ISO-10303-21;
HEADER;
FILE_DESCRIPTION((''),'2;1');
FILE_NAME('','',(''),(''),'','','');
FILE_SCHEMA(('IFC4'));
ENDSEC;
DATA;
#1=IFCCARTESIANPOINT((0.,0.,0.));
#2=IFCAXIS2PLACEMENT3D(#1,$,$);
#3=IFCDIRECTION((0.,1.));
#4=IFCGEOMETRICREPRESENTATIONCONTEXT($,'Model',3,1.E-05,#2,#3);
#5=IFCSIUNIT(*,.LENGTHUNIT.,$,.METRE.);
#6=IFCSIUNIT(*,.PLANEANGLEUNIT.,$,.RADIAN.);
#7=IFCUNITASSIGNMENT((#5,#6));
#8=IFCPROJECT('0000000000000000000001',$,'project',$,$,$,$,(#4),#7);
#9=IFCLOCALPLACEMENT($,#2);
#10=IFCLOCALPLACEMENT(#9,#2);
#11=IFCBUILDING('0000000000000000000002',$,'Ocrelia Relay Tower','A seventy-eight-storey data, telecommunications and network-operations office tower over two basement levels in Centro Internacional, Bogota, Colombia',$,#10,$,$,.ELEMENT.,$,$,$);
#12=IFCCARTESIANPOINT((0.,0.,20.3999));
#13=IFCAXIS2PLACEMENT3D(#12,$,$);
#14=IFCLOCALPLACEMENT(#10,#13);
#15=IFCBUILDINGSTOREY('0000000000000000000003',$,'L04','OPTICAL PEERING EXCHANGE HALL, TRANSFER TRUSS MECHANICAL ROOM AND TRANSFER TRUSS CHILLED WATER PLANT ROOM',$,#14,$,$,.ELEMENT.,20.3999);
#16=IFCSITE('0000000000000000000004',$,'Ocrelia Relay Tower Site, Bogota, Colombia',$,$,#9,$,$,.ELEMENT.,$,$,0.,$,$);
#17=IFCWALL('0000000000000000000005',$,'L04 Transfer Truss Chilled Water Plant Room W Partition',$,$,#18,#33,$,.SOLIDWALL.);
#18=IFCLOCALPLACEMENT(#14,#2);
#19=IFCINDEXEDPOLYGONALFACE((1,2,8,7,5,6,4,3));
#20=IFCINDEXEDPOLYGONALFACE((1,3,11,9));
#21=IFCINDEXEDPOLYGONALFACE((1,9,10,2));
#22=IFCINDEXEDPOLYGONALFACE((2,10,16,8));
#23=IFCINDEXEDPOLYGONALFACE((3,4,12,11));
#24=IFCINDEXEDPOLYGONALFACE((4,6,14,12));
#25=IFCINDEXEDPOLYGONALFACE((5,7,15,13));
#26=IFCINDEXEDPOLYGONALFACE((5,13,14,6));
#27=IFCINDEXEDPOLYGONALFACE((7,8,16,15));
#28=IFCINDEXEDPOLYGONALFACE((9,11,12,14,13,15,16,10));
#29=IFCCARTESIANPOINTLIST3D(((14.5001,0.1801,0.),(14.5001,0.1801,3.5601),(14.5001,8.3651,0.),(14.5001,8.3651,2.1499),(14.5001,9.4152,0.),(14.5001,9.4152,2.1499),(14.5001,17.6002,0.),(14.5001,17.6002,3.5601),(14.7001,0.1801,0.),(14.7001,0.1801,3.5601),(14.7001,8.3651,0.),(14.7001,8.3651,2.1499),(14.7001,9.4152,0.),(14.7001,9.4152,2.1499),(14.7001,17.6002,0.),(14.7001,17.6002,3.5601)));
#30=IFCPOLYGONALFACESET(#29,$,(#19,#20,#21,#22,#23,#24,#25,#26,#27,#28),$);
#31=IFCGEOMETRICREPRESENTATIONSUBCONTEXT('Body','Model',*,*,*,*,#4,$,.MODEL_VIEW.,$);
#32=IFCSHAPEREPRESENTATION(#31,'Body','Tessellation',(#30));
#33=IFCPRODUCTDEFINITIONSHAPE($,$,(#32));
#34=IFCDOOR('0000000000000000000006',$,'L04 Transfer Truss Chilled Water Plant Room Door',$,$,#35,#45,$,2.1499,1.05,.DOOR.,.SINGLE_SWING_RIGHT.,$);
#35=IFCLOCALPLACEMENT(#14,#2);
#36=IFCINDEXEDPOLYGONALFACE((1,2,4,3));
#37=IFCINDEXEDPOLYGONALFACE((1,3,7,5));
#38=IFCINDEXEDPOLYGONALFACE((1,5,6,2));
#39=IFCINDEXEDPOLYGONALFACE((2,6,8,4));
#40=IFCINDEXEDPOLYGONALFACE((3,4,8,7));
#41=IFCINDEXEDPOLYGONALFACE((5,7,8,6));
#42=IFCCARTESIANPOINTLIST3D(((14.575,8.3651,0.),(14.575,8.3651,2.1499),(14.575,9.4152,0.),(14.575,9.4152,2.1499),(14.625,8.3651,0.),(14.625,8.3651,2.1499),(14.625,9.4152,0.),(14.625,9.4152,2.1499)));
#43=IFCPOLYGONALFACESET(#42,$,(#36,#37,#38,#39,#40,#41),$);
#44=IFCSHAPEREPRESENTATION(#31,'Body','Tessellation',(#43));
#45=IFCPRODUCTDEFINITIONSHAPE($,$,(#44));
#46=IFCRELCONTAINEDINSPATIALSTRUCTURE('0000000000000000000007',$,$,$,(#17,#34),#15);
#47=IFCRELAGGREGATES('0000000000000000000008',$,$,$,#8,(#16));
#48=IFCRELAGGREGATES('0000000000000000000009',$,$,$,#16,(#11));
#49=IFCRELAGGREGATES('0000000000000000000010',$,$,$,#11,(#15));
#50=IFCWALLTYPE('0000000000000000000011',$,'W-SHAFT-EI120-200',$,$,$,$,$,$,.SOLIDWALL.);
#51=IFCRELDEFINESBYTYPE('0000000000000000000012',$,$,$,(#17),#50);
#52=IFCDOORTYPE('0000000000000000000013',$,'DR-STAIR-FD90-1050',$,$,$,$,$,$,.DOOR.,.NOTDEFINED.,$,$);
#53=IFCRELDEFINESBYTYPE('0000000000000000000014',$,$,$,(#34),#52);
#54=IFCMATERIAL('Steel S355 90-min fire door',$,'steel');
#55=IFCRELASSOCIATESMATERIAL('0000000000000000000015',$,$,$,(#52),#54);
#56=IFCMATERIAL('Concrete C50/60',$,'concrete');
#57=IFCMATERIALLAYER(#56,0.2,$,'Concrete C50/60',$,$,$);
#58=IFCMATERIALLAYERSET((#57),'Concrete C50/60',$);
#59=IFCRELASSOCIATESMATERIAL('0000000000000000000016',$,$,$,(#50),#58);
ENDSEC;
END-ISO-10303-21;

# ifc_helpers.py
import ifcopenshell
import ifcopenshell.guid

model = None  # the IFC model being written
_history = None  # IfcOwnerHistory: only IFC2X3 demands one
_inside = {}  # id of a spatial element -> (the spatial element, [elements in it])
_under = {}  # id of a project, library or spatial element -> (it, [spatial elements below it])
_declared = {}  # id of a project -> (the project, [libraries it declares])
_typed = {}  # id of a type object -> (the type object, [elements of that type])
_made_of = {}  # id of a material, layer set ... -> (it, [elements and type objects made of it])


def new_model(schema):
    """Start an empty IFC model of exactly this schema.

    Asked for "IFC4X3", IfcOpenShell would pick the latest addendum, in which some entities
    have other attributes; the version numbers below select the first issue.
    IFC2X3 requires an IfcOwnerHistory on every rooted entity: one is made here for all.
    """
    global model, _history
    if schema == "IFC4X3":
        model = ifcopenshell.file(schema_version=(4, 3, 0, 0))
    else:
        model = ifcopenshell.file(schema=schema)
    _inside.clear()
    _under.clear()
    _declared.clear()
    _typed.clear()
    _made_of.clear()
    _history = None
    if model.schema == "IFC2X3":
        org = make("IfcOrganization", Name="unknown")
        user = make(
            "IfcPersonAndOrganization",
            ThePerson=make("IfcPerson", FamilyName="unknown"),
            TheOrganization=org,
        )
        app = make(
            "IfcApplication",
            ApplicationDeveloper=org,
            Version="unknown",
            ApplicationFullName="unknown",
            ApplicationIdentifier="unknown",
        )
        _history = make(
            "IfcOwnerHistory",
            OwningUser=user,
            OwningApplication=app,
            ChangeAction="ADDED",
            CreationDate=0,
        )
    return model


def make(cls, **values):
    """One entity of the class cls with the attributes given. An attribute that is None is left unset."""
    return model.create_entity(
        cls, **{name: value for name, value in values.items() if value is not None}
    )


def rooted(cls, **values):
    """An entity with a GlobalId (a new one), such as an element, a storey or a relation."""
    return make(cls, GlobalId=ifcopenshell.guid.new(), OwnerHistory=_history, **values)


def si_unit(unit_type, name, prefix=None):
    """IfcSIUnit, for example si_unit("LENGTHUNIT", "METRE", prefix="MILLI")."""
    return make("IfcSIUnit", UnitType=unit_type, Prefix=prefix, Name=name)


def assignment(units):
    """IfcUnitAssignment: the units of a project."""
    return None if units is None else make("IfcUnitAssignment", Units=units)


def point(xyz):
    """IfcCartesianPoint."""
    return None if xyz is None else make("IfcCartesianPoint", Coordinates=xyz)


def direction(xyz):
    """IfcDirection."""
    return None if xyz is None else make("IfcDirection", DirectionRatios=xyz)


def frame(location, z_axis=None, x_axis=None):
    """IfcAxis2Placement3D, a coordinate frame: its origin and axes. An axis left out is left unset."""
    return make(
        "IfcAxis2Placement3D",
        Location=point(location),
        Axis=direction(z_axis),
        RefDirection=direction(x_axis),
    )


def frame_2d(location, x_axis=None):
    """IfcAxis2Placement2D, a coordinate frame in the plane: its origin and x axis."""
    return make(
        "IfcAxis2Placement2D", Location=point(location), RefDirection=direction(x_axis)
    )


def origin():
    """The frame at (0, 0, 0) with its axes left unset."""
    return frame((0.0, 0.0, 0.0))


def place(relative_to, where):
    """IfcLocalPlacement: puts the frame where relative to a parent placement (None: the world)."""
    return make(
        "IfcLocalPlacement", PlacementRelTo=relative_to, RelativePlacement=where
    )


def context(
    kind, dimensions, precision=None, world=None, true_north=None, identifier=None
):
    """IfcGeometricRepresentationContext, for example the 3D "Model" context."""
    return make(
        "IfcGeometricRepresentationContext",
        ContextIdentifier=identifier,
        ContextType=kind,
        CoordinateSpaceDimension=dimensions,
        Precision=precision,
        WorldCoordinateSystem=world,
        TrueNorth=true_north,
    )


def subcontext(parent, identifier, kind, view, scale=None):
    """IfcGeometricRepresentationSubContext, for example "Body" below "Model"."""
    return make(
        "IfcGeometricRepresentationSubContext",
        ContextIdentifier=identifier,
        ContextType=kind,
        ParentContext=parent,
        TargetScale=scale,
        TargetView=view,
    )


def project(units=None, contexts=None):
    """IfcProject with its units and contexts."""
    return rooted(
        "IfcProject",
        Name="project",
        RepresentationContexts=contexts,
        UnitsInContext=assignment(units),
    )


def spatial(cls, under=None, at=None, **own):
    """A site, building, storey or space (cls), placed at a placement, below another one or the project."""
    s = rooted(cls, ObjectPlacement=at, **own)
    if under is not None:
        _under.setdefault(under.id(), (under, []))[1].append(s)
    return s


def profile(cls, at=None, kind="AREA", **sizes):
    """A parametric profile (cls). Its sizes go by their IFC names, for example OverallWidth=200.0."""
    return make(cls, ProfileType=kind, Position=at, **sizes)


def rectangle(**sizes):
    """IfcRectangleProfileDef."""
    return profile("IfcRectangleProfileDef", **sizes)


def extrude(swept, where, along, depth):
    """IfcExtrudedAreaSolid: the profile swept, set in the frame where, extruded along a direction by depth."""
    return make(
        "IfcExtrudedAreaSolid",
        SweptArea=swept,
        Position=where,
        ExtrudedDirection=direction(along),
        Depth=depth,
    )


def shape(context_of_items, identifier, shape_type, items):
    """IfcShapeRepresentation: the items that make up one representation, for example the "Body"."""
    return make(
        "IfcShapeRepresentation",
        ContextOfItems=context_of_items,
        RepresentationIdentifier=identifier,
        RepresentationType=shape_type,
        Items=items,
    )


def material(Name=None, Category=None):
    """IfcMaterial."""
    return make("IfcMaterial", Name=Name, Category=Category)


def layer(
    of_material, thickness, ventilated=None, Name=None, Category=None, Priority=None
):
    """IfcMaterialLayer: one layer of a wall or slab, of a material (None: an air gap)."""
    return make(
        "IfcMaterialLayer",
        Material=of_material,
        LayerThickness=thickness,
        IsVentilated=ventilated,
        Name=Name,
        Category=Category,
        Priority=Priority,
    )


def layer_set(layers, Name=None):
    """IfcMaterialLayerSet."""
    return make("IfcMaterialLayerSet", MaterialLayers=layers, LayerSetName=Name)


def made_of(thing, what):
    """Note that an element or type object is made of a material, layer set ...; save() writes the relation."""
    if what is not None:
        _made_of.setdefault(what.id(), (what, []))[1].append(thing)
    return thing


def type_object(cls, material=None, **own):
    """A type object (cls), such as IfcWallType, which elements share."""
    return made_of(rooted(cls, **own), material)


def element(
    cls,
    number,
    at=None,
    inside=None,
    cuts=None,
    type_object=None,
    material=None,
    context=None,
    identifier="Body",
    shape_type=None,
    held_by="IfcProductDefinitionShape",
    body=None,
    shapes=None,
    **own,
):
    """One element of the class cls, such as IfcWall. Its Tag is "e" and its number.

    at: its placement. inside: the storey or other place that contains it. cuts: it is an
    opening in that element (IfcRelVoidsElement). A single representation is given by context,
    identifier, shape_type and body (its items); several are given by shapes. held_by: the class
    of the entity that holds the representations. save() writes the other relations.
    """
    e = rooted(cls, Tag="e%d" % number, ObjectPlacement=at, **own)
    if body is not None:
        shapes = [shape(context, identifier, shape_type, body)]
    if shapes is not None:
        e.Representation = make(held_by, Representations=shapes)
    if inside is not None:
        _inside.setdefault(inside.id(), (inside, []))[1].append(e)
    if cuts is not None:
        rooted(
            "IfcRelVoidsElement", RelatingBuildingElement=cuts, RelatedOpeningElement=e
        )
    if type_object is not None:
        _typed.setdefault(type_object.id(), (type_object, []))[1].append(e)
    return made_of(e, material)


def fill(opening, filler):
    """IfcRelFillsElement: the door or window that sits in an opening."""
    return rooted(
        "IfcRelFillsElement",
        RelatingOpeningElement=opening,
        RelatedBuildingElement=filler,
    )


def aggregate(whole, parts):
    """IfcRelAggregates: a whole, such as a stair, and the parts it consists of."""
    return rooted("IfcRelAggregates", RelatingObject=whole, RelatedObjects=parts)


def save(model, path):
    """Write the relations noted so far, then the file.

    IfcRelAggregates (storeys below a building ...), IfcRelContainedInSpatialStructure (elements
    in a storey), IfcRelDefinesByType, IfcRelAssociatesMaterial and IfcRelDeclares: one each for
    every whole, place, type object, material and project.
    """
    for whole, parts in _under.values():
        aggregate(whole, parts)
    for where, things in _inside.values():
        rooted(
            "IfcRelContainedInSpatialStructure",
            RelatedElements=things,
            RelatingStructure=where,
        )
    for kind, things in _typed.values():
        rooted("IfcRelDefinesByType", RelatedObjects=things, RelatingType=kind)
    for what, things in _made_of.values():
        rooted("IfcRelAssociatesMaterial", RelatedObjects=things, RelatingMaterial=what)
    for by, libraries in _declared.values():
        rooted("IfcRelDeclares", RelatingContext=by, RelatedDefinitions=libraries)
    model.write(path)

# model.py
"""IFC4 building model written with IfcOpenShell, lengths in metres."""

from ifc_helpers import new_model, si_unit, direction, frame, frame_2d, origin, place, context, subcontext, project, spatial, rectangle, extrude, material, layer, layer_set, type_object, element, fill, save


model = new_model("IFC4")

# Units and contexts
model_context = context("Model", 3, precision=1e-05, world=origin(), true_north=direction((0.0, 1.0)))
body_context = subcontext(model_context, "Body", "Model", "MODEL_VIEW")
ifc_project = project(units=[si_unit("LENGTHUNIT", "METRE"), si_unit("PLANEANGLEUNIT", "RADIAN")], contexts=[model_context])

# Site, building, storey
site_placement = place(None, origin())
site = spatial("IfcSite", under=ifc_project, at=site_placement, Name="Ocrelia Relay Tower Site, Bogota, Colombia", CompositionType="ELEMENT", RefElevation=0.0)
building_placement = place(site_placement, origin())
building = spatial("IfcBuilding", under=site, at=building_placement, Name="Ocrelia Relay Tower", Description="A seventy-eight-storey data, telecommunications and network-operations office tower over two basement levels in Centro Internacional, Bogota, Colombia", CompositionType="ELEMENT")
storey_placement = place(building_placement, frame((0.0, 0.0, 20.3999)))
storey = spatial("IfcBuildingStorey", under=building, at=storey_placement, Name="L04", Description="OPTICAL PEERING EXCHANGE HALL, TRANSFER TRUSS MECHANICAL ROOM AND TRANSFER TRUSS CHILLED WATER PLANT ROOM", CompositionType="ELEMENT", Elevation=20.3999)

# Wall, opening, door
ifc_material_1 = material(Name="Concrete C50/60", Category="concrete")
ifc_material_2 = material(Name="Steel S355 90-min fire door", Category="steel")
door_type = type_object("IfcDoorType", Name="DR-STAIR-FD90-1050", OperationType="NOTDEFINED", PredefinedType="DOOR", material=ifc_material_2)
ifc_layer_1 = layer(ifc_material_1, 0.2, Name="Concrete C50/60")
ifc_layer_set_1 = layer_set([ifc_layer_1], Name="Concrete C50/60")
wall_type_1 = type_object("IfcWallType", Name="W-SHAFT-EI120-200", PredefinedType="SOLIDWALL", material=ifc_layer_set_1)
wall_1_placement = place(storey_placement, frame((14.6001, 17.6001, 0.0), z_axis=(0.0, 0.0, 1.0), x_axis=(0.0, -1.0, 0.0)))
wall_1 = element("IfcWall", 1, at=wall_1_placement, inside=storey, type_object=wall_type_1, Name="L04 Transfer Truss Chilled Water Plant Room W Partition", PredefinedType="SOLIDWALL", context=body_context, shape_type="SweptSolid", body=[
    extrude(rectangle(XDim=17.4202, YDim=0.2, at=frame_2d((8.71, 0.0))), origin(), (0.0, 0.0, 1.0), 3.5601),
])
opening_1_placement = place(wall_1_placement, frame((8.1851, 0.0, 0.0)))
opening_1 = element("IfcOpeningElement", 2, at=opening_1_placement, cuts=wall_1, PredefinedType="OPENING", context=body_context, shape_type="SweptSolid", body=[
    extrude(rectangle(XDim=1.05, YDim=2.1499, at=frame_2d((0.5249, 1.075))), frame((0.0, 0.1099, 0.0), z_axis=(0.0, -1.0, 0.0), x_axis=(1.0, 0.0, 0.0)), (0.0, 0.0, 1.0), 0.22),
])
door_1_placement = place(opening_1_placement, origin())
door_1 = element("IfcDoor", 3, at=door_1_placement, inside=storey, type_object=door_type, Name="L04 Transfer Truss Chilled Water Plant Room Door", OperationType="SINGLE_SWING_RIGHT", OverallHeight=2.1499, OverallWidth=1.05, PredefinedType="DOOR", context=body_context, shape_type="SweptSolid", body=[
    extrude(rectangle(XDim=1.05, YDim=2.1499, at=frame_2d((0.5249, 1.075))), frame((0.0, 0.0249, 0.0), z_axis=(0.0, -1.0, 0.0), x_axis=(1.0, 0.0, 0.0)), (0.0, 0.0, 1.0), 0.05),
])
fill(opening_1, door_1)

save(model, "model.ifc")
